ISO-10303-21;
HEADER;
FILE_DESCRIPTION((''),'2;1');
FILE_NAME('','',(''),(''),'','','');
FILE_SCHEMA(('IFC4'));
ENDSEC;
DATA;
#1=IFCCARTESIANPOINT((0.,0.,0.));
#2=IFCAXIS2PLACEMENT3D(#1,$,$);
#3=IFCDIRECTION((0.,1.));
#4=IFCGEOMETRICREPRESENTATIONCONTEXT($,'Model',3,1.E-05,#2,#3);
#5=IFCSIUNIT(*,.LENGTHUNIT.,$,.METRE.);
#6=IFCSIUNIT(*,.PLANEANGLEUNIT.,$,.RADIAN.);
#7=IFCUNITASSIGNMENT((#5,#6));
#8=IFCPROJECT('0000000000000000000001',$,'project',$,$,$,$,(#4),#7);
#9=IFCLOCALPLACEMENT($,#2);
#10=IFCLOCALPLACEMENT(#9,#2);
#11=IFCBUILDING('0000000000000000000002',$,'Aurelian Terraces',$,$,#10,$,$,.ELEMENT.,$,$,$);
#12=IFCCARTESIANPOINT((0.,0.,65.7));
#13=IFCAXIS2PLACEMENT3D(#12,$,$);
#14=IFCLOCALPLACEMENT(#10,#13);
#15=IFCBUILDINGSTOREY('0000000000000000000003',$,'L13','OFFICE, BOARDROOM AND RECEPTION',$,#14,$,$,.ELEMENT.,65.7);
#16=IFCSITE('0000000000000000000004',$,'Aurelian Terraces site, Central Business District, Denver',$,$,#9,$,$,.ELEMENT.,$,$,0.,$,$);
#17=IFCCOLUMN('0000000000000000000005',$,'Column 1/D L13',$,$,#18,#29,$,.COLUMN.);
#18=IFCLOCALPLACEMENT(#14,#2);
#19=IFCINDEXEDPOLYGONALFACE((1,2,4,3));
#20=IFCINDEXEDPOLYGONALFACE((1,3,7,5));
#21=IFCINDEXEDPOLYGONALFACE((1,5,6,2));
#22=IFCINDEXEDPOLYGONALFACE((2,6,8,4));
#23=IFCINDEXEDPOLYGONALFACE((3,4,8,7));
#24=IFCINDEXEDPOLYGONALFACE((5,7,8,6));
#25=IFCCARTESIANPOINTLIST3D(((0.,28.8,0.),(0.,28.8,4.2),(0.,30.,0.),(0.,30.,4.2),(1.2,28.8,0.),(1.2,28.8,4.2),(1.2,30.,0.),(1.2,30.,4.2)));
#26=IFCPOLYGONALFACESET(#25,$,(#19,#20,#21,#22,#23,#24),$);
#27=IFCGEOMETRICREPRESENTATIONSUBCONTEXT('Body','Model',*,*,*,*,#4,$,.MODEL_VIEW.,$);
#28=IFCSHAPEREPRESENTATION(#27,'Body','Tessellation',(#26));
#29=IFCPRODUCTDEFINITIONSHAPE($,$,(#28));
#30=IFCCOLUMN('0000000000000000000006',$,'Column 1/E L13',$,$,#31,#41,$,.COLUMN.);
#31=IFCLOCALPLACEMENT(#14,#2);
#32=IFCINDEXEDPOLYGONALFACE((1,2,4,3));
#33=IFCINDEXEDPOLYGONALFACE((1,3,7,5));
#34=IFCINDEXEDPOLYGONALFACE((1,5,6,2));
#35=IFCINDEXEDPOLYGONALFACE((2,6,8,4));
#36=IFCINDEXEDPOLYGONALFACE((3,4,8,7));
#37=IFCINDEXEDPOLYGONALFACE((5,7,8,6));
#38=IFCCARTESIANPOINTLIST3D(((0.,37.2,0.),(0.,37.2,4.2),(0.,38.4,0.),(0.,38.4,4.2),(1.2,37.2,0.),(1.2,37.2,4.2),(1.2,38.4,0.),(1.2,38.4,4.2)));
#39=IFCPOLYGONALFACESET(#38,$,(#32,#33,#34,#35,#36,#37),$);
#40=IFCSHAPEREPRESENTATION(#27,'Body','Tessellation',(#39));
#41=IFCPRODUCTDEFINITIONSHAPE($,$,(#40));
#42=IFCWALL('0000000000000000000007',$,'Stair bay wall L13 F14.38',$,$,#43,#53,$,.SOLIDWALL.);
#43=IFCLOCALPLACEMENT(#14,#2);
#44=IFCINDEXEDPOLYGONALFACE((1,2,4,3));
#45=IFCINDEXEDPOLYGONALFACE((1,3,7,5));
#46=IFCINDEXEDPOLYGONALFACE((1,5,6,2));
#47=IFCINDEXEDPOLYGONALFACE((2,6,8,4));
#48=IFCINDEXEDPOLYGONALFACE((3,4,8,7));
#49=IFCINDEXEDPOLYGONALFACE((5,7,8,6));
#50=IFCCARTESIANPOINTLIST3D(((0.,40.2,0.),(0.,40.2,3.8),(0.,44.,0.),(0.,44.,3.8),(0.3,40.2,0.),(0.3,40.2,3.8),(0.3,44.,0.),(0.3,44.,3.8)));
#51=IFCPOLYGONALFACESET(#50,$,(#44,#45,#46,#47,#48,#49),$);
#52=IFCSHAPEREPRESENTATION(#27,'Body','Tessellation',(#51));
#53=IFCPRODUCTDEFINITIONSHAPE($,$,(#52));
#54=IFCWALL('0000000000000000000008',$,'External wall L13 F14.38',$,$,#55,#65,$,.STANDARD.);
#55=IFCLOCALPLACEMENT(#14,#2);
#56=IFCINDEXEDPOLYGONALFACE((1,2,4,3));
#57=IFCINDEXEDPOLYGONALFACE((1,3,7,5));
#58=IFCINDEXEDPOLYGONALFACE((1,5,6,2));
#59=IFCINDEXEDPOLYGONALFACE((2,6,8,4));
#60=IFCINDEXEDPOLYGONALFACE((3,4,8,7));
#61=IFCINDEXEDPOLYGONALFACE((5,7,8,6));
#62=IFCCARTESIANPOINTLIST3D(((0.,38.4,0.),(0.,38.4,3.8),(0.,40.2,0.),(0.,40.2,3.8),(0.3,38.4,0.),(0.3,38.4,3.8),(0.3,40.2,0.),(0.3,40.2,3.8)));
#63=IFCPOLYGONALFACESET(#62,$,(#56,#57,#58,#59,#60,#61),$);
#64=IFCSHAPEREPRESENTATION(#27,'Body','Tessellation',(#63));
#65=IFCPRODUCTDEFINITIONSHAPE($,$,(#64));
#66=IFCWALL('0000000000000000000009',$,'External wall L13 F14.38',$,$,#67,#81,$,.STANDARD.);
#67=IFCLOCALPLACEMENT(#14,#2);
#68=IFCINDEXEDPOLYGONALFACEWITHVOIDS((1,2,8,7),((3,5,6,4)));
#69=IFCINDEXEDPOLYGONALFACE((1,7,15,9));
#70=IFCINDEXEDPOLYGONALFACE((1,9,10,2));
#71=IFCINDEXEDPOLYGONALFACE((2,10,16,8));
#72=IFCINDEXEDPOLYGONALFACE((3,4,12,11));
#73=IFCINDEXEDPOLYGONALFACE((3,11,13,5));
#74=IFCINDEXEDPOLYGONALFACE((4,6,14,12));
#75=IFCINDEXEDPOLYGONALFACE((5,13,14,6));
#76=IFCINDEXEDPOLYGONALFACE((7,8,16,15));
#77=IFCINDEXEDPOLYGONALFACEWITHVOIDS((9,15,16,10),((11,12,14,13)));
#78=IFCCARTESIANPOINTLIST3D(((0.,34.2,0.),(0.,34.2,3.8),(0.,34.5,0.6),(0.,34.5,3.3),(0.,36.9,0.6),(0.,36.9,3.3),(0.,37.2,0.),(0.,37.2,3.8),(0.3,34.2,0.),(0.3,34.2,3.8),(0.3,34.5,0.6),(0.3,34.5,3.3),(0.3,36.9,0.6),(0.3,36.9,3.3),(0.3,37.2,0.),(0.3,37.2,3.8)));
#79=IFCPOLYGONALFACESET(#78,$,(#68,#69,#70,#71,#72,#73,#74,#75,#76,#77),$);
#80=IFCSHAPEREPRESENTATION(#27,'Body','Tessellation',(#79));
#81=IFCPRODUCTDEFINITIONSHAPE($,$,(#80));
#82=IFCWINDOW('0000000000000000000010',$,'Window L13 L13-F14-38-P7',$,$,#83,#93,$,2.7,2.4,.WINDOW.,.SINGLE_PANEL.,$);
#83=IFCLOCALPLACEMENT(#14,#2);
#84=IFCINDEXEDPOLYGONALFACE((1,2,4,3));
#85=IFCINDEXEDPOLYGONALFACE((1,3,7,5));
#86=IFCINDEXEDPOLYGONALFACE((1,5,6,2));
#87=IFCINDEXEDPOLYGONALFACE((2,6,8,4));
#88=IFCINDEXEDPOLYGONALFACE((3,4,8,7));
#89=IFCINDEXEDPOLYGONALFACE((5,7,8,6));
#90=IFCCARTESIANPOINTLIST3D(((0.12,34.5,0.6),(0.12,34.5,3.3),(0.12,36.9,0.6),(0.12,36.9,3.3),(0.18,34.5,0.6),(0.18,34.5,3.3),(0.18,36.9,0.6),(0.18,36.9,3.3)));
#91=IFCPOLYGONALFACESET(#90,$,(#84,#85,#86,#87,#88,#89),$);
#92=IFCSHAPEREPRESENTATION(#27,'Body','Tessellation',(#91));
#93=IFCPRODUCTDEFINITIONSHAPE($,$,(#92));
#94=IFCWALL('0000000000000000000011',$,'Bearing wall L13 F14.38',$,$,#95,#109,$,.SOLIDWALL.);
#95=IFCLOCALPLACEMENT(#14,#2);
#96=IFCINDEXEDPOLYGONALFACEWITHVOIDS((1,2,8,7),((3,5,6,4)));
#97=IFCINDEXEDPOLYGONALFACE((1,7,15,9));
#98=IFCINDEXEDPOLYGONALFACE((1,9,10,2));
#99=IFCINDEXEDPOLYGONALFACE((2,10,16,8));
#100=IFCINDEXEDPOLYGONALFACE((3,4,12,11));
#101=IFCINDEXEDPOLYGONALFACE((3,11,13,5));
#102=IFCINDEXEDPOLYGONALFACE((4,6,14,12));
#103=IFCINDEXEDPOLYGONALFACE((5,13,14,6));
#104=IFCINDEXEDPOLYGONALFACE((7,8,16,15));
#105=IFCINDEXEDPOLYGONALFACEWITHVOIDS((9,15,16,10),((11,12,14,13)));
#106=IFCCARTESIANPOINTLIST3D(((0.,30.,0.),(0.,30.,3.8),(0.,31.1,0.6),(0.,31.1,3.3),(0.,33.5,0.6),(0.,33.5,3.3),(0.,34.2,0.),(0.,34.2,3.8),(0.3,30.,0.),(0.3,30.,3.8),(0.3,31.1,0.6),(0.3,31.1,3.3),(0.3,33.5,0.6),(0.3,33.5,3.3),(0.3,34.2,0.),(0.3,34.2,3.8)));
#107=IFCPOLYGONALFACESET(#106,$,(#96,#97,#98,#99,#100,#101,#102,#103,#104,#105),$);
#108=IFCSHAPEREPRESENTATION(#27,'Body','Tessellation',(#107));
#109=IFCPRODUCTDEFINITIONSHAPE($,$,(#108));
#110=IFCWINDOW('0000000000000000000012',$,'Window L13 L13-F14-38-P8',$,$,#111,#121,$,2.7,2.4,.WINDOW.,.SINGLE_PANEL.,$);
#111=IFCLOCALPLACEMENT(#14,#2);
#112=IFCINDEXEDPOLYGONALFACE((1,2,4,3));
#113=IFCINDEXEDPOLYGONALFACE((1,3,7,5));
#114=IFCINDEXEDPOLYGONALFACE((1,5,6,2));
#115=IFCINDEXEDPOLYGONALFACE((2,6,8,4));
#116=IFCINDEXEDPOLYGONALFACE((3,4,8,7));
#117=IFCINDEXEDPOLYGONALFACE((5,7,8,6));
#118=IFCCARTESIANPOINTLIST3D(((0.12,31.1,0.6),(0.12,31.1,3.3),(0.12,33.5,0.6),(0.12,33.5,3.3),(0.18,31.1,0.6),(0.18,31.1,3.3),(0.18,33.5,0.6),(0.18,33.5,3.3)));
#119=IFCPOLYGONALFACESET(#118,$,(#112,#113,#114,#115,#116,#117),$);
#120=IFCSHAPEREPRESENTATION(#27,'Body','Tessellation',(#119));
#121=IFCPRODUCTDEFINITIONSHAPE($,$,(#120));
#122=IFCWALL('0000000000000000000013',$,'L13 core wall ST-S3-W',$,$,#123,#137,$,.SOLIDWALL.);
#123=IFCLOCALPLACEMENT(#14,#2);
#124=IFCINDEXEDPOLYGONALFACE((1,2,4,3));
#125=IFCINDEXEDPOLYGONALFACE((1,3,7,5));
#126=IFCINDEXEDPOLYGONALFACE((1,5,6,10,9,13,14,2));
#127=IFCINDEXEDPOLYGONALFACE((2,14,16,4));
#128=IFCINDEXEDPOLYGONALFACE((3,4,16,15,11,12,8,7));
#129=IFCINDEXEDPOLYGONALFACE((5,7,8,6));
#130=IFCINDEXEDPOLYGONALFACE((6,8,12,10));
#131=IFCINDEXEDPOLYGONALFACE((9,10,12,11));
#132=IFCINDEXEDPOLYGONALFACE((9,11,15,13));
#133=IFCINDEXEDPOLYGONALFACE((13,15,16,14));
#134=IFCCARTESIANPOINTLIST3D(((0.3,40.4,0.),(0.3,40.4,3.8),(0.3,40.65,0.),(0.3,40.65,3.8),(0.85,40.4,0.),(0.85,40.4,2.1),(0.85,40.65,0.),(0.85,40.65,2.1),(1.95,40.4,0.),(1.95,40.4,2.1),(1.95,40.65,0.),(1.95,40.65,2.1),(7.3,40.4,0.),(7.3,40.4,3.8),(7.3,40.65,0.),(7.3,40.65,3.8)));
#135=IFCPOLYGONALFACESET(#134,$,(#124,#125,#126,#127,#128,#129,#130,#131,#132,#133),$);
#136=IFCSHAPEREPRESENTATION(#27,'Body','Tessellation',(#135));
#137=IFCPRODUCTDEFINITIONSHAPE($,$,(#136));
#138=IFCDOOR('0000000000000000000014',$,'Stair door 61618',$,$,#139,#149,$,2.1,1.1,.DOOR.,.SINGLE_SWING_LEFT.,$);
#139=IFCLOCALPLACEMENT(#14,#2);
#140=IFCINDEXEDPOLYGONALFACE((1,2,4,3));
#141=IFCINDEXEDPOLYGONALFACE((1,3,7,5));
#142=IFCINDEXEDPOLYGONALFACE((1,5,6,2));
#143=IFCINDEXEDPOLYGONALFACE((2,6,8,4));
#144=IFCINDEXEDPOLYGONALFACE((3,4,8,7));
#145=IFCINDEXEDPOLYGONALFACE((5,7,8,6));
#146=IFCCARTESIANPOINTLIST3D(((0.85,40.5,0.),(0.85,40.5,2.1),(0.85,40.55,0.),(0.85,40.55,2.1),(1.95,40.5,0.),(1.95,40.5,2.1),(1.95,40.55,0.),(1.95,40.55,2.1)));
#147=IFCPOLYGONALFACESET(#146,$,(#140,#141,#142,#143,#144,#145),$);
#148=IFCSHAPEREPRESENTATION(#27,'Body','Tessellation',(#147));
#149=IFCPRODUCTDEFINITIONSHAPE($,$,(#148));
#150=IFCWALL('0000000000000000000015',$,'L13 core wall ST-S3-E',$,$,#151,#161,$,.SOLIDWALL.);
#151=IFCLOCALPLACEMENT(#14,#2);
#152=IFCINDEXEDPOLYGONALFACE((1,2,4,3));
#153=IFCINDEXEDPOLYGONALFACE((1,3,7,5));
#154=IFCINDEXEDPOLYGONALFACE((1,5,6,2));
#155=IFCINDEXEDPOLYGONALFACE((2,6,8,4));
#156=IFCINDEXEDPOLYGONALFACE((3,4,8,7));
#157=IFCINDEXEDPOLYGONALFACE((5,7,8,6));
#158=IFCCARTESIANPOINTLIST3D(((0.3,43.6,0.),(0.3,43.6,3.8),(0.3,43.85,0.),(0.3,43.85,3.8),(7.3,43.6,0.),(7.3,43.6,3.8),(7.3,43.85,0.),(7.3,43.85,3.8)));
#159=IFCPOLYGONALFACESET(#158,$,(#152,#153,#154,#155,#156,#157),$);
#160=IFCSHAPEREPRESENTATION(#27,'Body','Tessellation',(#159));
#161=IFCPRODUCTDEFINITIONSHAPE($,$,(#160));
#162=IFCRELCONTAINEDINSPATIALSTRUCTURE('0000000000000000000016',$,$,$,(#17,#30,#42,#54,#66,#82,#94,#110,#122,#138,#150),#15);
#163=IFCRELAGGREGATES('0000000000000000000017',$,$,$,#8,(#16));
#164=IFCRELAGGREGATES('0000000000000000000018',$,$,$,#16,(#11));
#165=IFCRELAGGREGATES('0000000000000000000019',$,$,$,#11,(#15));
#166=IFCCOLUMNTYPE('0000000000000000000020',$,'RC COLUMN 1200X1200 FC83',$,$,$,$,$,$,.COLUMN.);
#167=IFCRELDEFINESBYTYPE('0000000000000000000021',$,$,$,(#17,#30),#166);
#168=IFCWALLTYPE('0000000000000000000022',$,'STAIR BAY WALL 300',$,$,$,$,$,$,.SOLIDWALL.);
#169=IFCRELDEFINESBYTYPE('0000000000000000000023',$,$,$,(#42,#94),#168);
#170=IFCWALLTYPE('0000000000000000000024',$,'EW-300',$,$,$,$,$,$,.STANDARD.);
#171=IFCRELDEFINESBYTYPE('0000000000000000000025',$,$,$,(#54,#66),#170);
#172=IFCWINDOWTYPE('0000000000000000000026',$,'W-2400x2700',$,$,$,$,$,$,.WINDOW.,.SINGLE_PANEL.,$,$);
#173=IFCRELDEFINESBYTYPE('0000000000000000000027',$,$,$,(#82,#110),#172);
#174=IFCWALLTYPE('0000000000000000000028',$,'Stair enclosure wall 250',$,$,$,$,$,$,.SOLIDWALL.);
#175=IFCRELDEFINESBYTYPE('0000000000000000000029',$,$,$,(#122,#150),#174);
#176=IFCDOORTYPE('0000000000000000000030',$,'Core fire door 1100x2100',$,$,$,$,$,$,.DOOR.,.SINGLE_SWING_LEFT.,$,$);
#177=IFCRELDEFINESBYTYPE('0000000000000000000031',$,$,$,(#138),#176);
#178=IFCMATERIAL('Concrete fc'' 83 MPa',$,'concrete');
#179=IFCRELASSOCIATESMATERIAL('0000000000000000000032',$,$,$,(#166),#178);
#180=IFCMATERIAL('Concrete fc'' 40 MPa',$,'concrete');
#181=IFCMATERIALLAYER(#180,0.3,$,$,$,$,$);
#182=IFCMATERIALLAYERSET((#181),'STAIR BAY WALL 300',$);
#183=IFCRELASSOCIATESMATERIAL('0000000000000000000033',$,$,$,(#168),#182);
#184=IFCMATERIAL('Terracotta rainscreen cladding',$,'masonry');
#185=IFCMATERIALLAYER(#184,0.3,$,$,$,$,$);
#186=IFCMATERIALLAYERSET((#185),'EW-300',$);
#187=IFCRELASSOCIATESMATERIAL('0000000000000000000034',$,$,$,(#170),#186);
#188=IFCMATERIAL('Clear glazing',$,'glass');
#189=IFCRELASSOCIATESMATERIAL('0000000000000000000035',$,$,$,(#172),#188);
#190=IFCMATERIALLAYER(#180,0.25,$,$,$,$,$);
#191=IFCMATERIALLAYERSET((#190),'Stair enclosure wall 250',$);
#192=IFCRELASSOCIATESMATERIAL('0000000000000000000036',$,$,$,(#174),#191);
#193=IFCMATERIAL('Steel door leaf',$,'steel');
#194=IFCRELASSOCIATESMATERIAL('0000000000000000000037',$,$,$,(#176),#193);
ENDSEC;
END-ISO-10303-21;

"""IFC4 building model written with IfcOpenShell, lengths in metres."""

from ifc_helpers import new_model, si_unit, direction, frame, frame_2d, origin, origin_2d, place, context, subcontext, project, spatial, rectangle, extrude, source, transform, mapped, material, layer, layer_set, material_profile, profile_set, type_object, element, fill, save


model = new_model("IFC4")

# Units and contexts
model_context = context("Model", 3, precision=1e-05, world=origin(), true_north=direction((0.0, 1.0)))
body_context = subcontext(model_context, "Body", "Model", "MODEL_VIEW")
ifc_project = project(units=[si_unit("LENGTHUNIT", "METRE"), si_unit("PLANEANGLEUNIT", "RADIAN")], contexts=[model_context])

# Site, building, storey
site_placement = place(None, origin())
site = spatial("IfcSite", under=ifc_project, at=site_placement, Name="Aurelian Terraces site, Central Business District, Denver", CompositionType="ELEMENT", RefElevation=0.0)
building_placement = place(site_placement, origin())
building = spatial("IfcBuilding", under=site, at=building_placement, Name="Aurelian Terraces", CompositionType="ELEMENT")
storey_placement = place(building_placement, frame((0.0, 0.0, 65.7)))
storey = spatial("IfcBuildingStorey", under=building, at=storey_placement, Name="L13", Description="OFFICE, BOARDROOM AND RECEPTION", CompositionType="ELEMENT", Elevation=65.7)

# Columns
ifc_material_1 = material(Name="Concrete fc' 83 MPa", Category="concrete")
ifc_material_profile = material_profile(ifc_material_1, rectangle(XDim=1.2, YDim=1.2, at=origin_2d()))
ifc_profile_set = profile_set([ifc_material_profile], Name="Concrete fc' 83 MPa")
column_type = type_object("IfcColumnType", Name="RC COLUMN 1200X1200 FC83", PredefinedType="COLUMN", material=ifc_profile_set)
shared_shape_1 = source(origin(), body_context, "Body", "SweptSolid", [
    extrude(rectangle(XDim=1.2, YDim=1.2, at=origin_2d()), origin(), (0.0, 0.0, 1.0), 4.2),
])
for number, where, z_axis, x_axis, name in (
    (1, (0.6, 29.4, 0.0), (0.0, 0.0, 1.0), (1.0, 0.0, 0.0), "Column 1/D L13"),
    (2, (0.6, 37.8, 0.0), (0.0, 0.0, 1.0), (1.0, 0.0, 0.0), "Column 1/E L13"),
):
    element("IfcColumn", number, at=place(storey_placement, frame(where, z_axis=z_axis, x_axis=x_axis)), inside=storey, type_object=column_type, Name=name, PredefinedType="COLUMN", context=body_context, shape_type="MappedRepresentation", body=[
        mapped(shared_shape_1, transform((0.0, 0.0, 0.0), scale=1.0)),
    ])

# Walls
ifc_material_2 = material(Name="Concrete fc' 40 MPa", Category="concrete")
ifc_layer_1 = layer(ifc_material_2, 0.3)
ifc_layer_set_1 = layer_set([ifc_layer_1], Name="STAIR BAY WALL 300")
wall_type_1 = type_object("IfcWallType", Name="STAIR BAY WALL 300", PredefinedType="SOLIDWALL", material=ifc_layer_set_1)
shared_shape_2 = source(origin(), body_context, "Body", "SweptSolid", [
    extrude(rectangle(XDim=3.8, YDim=0.3, at=frame_2d((1.9, 0.0))), origin(), (0.0, 0.0, 1.0), 3.8),
])
wall_1_placement = place(storey_placement, frame((0.15, 44.0, 0.0), z_axis=(0.0, 0.0, 1.0), x_axis=(0.0, -1.0, 0.0)))
element("IfcWall", 3, at=wall_1_placement, inside=storey, type_object=wall_type_1, Name="Stair bay wall L13 F14.38", PredefinedType="SOLIDWALL", context=body_context, shape_type="MappedRepresentation", body=[
    mapped(shared_shape_2, transform((0.0, 0.0, 0.0), scale=1.0)),
])
ifc_material_3 = material(Name="Terracotta rainscreen cladding", Category="masonry")
ifc_layer_2 = layer(ifc_material_3, 0.3)
ifc_layer_set_2 = layer_set([ifc_layer_2], Name="EW-300")
wall_type_2 = type_object("IfcWallType", Name="EW-300", PredefinedType="STANDARD", material=ifc_layer_set_2)
shared_shape_3 = source(origin(), body_context, "Body", "SweptSolid", [
    extrude(rectangle(XDim=1.8, YDim=0.3, at=frame_2d((0.9, 0.0))), origin(), (0.0, 0.0, 1.0), 3.8),
])
wall_2_placement = place(storey_placement, frame((0.15, 40.2, 0.0), z_axis=(0.0, 0.0, 1.0), x_axis=(0.0, -1.0, 0.0)))
element("IfcWall", 4, at=wall_2_placement, inside=storey, type_object=wall_type_2, Name="External wall L13 F14.38", PredefinedType="STANDARD", context=body_context, shape_type="MappedRepresentation", body=[
    mapped(shared_shape_3, transform((0.0, 0.0, 0.0), scale=1.0)),
])

# Walls, openings, windows
shared_shape_4 = source(origin(), body_context, "Body", "SweptSolid", [
    extrude(rectangle(XDim=3.0, YDim=0.3, at=frame_2d((1.5, 0.0))), origin(), (0.0, 0.0, 1.0), 3.8),
])
wall_3_placement = place(storey_placement, frame((0.15, 37.2, 0.0), z_axis=(0.0, 0.0, 1.0), x_axis=(0.0, -1.0, 0.0)))
wall_3 = element("IfcWall", 5, at=wall_3_placement, inside=storey, type_object=wall_type_2, Name="External wall L13 F14.38", PredefinedType="STANDARD", context=body_context, shape_type="MappedRepresentation", body=[
    mapped(shared_shape_4, transform((0.0, 0.0, 0.0), scale=1.0)),
])
shared_shape_5 = source(origin(), body_context, "Body", "SweptSolid", [
    extrude(rectangle(XDim=2.4, YDim=2.7, at=frame_2d((1.2, 1.35))), frame((0.0, 0.16, 0.0), z_axis=(0.0, -1.0, 0.0), x_axis=(1.0, 0.0, 0.0)), (0.0, 0.0, 1.0), 0.32),
])
opening_1_placement = place(wall_3_placement, frame((0.3, 0.0, 0.6)))
opening_1 = element("IfcOpeningElement", 6, at=opening_1_placement, cuts=wall_3, PredefinedType="OPENING", context=body_context, shape_type="MappedRepresentation", body=[
    mapped(shared_shape_5, transform((0.0, 0.0, 0.0), scale=1.0)),
])
ifc_material_4 = material(Name="Clear glazing", Category="glass")
window_type = type_object("IfcWindowType", Name="W-2400x2700", PartitioningType="SINGLE_PANEL", PredefinedType="WINDOW", material=ifc_material_4)
shared_shape_6 = source(origin(), body_context, "Body", "SweptSolid", [
    extrude(rectangle(XDim=2.4, YDim=2.7, at=frame_2d((1.2, 1.35))), frame((0.0, 0.03, 0.0), z_axis=(0.0, -1.0, 0.0), x_axis=(1.0, 0.0, 0.0)), (0.0, 0.0, 1.0), 0.06),
])
window_1_placement = place(opening_1_placement, origin())
window_1 = element("IfcWindow", 7, at=window_1_placement, inside=storey, type_object=window_type, Name="Window L13 L13-F14-38-P7", OverallHeight=2.7, OverallWidth=2.4, PartitioningType="SINGLE_PANEL", PredefinedType="WINDOW", context=body_context, shape_type="MappedRepresentation", body=[
    mapped(shared_shape_6, transform((0.0, 0.0, 0.0), scale=1.0)),
])
fill(opening_1, window_1)
shared_shape_7 = source(origin(), body_context, "Body", "SweptSolid", [
    extrude(rectangle(XDim=4.2, YDim=0.3, at=frame_2d((2.1, 0.0))), origin(), (0.0, 0.0, 1.0), 3.8),
])
wall_4_placement = place(storey_placement, frame((0.15, 34.2, 0.0), z_axis=(0.0, 0.0, 1.0), x_axis=(0.0, -1.0, 0.0)))
wall_4 = element("IfcWall", 8, at=wall_4_placement, inside=storey, type_object=wall_type_1, Name="Bearing wall L13 F14.38", PredefinedType="SOLIDWALL", context=body_context, shape_type="MappedRepresentation", body=[
    mapped(shared_shape_7, transform((0.0, 0.0, 0.0), scale=1.0)),
])
opening_2_placement = place(wall_4_placement, frame((0.7, 0.0, 0.6)))
opening_2 = element("IfcOpeningElement", 9, at=opening_2_placement, cuts=wall_4, PredefinedType="OPENING", context=body_context, shape_type="MappedRepresentation", body=[
    mapped(shared_shape_5, transform((0.0, 0.0, 0.0), scale=1.0)),
])
window_2_placement = place(opening_2_placement, origin())
window_2 = element("IfcWindow", 10, at=window_2_placement, inside=storey, type_object=window_type, Name="Window L13 L13-F14-38-P8", OverallHeight=2.7, OverallWidth=2.4, PartitioningType="SINGLE_PANEL", PredefinedType="WINDOW", context=body_context, shape_type="MappedRepresentation", body=[
    mapped(shared_shape_6, transform((0.0, 0.0, 0.0), scale=1.0)),
])
fill(opening_2, window_2)

# Wall, opening, door
ifc_layer_3 = layer(ifc_material_2, 0.25)
ifc_layer_set_3 = layer_set([ifc_layer_3], Name="Stair enclosure wall 250")
wall_type_3 = type_object("IfcWallType", Name="Stair enclosure wall 250", PredefinedType="SOLIDWALL", material=ifc_layer_set_3)
shared_shape_8 = source(origin(), body_context, "Body", "SweptSolid", [
    extrude(rectangle(XDim=7.0, YDim=0.25, at=frame_2d((3.5, 0.0))), origin(), (0.0, 0.0, 1.0), 3.8),
])
wall_5_placement = place(storey_placement, frame((0.3, 40.525, 0.0), z_axis=(0.0, 0.0, 1.0), x_axis=(1.0, 0.0, 0.0)))
wall_5 = element("IfcWall", 11, at=wall_5_placement, inside=storey, type_object=wall_type_3, Name="L13 core wall ST-S3-W", PredefinedType="SOLIDWALL", context=body_context, shape_type="MappedRepresentation", body=[
    mapped(shared_shape_8, transform((0.0, 0.0, 0.0), scale=1.0)),
])
shared_shape_9 = source(origin(), body_context, "Body", "SweptSolid", [
    extrude(rectangle(XDim=1.1, YDim=2.1, at=frame_2d((0.55, 1.05))), frame((0.0, 0.135, 0.0), z_axis=(0.0, -1.0, 0.0), x_axis=(1.0, 0.0, 0.0)), (0.0, 0.0, 1.0), 0.27),
])
opening_3_placement = place(wall_5_placement, frame((0.55, 0.0, 0.0)))
opening_3 = element("IfcOpeningElement", 12, at=opening_3_placement, cuts=wall_5, PredefinedType="OPENING", context=body_context, shape_type="MappedRepresentation", body=[
    mapped(shared_shape_9, transform((0.0, 0.0, 0.0), scale=1.0)),
])
ifc_material_5 = material(Name="Steel door leaf", Category="steel")
door_type = type_object("IfcDoorType", Name="Core fire door 1100x2100", OperationType="SINGLE_SWING_LEFT", PredefinedType="DOOR", material=ifc_material_5)
shared_shape_10 = source(origin(), body_context, "Body", "SweptSolid", [
    extrude(rectangle(XDim=1.1, YDim=2.1, at=frame_2d((0.55, 1.05))), frame((0.0, 0.025, 0.0), z_axis=(0.0, -1.0, 0.0), x_axis=(1.0, 0.0, 0.0)), (0.0, 0.0, 1.0), 0.05),
])
door_placement = place(opening_3_placement, origin())
door = element("IfcDoor", 13, at=door_placement, inside=storey, type_object=door_type, Name="Stair door 61618", OperationType="SINGLE_SWING_LEFT", OverallHeight=2.1, OverallWidth=1.1, PredefinedType="DOOR", context=body_context, shape_type="MappedRepresentation", body=[
    mapped(shared_shape_10, transform((0.0, 0.0, 0.0), scale=1.0)),
])
fill(opening_3, door)

# Wall
wall_6_placement = place(storey_placement, frame((0.3, 43.725, 0.0), z_axis=(0.0, 0.0, 1.0), x_axis=(1.0, 0.0, 0.0)))
element("IfcWall", 14, at=wall_6_placement, inside=storey, type_object=wall_type_3, Name="L13 core wall ST-S3-E", PredefinedType="SOLIDWALL", context=body_context, shape_type="MappedRepresentation", body=[
    mapped(shared_shape_8, transform((0.0, 0.0, 0.0), scale=1.0)),
])

save(model, "model.ifc")
